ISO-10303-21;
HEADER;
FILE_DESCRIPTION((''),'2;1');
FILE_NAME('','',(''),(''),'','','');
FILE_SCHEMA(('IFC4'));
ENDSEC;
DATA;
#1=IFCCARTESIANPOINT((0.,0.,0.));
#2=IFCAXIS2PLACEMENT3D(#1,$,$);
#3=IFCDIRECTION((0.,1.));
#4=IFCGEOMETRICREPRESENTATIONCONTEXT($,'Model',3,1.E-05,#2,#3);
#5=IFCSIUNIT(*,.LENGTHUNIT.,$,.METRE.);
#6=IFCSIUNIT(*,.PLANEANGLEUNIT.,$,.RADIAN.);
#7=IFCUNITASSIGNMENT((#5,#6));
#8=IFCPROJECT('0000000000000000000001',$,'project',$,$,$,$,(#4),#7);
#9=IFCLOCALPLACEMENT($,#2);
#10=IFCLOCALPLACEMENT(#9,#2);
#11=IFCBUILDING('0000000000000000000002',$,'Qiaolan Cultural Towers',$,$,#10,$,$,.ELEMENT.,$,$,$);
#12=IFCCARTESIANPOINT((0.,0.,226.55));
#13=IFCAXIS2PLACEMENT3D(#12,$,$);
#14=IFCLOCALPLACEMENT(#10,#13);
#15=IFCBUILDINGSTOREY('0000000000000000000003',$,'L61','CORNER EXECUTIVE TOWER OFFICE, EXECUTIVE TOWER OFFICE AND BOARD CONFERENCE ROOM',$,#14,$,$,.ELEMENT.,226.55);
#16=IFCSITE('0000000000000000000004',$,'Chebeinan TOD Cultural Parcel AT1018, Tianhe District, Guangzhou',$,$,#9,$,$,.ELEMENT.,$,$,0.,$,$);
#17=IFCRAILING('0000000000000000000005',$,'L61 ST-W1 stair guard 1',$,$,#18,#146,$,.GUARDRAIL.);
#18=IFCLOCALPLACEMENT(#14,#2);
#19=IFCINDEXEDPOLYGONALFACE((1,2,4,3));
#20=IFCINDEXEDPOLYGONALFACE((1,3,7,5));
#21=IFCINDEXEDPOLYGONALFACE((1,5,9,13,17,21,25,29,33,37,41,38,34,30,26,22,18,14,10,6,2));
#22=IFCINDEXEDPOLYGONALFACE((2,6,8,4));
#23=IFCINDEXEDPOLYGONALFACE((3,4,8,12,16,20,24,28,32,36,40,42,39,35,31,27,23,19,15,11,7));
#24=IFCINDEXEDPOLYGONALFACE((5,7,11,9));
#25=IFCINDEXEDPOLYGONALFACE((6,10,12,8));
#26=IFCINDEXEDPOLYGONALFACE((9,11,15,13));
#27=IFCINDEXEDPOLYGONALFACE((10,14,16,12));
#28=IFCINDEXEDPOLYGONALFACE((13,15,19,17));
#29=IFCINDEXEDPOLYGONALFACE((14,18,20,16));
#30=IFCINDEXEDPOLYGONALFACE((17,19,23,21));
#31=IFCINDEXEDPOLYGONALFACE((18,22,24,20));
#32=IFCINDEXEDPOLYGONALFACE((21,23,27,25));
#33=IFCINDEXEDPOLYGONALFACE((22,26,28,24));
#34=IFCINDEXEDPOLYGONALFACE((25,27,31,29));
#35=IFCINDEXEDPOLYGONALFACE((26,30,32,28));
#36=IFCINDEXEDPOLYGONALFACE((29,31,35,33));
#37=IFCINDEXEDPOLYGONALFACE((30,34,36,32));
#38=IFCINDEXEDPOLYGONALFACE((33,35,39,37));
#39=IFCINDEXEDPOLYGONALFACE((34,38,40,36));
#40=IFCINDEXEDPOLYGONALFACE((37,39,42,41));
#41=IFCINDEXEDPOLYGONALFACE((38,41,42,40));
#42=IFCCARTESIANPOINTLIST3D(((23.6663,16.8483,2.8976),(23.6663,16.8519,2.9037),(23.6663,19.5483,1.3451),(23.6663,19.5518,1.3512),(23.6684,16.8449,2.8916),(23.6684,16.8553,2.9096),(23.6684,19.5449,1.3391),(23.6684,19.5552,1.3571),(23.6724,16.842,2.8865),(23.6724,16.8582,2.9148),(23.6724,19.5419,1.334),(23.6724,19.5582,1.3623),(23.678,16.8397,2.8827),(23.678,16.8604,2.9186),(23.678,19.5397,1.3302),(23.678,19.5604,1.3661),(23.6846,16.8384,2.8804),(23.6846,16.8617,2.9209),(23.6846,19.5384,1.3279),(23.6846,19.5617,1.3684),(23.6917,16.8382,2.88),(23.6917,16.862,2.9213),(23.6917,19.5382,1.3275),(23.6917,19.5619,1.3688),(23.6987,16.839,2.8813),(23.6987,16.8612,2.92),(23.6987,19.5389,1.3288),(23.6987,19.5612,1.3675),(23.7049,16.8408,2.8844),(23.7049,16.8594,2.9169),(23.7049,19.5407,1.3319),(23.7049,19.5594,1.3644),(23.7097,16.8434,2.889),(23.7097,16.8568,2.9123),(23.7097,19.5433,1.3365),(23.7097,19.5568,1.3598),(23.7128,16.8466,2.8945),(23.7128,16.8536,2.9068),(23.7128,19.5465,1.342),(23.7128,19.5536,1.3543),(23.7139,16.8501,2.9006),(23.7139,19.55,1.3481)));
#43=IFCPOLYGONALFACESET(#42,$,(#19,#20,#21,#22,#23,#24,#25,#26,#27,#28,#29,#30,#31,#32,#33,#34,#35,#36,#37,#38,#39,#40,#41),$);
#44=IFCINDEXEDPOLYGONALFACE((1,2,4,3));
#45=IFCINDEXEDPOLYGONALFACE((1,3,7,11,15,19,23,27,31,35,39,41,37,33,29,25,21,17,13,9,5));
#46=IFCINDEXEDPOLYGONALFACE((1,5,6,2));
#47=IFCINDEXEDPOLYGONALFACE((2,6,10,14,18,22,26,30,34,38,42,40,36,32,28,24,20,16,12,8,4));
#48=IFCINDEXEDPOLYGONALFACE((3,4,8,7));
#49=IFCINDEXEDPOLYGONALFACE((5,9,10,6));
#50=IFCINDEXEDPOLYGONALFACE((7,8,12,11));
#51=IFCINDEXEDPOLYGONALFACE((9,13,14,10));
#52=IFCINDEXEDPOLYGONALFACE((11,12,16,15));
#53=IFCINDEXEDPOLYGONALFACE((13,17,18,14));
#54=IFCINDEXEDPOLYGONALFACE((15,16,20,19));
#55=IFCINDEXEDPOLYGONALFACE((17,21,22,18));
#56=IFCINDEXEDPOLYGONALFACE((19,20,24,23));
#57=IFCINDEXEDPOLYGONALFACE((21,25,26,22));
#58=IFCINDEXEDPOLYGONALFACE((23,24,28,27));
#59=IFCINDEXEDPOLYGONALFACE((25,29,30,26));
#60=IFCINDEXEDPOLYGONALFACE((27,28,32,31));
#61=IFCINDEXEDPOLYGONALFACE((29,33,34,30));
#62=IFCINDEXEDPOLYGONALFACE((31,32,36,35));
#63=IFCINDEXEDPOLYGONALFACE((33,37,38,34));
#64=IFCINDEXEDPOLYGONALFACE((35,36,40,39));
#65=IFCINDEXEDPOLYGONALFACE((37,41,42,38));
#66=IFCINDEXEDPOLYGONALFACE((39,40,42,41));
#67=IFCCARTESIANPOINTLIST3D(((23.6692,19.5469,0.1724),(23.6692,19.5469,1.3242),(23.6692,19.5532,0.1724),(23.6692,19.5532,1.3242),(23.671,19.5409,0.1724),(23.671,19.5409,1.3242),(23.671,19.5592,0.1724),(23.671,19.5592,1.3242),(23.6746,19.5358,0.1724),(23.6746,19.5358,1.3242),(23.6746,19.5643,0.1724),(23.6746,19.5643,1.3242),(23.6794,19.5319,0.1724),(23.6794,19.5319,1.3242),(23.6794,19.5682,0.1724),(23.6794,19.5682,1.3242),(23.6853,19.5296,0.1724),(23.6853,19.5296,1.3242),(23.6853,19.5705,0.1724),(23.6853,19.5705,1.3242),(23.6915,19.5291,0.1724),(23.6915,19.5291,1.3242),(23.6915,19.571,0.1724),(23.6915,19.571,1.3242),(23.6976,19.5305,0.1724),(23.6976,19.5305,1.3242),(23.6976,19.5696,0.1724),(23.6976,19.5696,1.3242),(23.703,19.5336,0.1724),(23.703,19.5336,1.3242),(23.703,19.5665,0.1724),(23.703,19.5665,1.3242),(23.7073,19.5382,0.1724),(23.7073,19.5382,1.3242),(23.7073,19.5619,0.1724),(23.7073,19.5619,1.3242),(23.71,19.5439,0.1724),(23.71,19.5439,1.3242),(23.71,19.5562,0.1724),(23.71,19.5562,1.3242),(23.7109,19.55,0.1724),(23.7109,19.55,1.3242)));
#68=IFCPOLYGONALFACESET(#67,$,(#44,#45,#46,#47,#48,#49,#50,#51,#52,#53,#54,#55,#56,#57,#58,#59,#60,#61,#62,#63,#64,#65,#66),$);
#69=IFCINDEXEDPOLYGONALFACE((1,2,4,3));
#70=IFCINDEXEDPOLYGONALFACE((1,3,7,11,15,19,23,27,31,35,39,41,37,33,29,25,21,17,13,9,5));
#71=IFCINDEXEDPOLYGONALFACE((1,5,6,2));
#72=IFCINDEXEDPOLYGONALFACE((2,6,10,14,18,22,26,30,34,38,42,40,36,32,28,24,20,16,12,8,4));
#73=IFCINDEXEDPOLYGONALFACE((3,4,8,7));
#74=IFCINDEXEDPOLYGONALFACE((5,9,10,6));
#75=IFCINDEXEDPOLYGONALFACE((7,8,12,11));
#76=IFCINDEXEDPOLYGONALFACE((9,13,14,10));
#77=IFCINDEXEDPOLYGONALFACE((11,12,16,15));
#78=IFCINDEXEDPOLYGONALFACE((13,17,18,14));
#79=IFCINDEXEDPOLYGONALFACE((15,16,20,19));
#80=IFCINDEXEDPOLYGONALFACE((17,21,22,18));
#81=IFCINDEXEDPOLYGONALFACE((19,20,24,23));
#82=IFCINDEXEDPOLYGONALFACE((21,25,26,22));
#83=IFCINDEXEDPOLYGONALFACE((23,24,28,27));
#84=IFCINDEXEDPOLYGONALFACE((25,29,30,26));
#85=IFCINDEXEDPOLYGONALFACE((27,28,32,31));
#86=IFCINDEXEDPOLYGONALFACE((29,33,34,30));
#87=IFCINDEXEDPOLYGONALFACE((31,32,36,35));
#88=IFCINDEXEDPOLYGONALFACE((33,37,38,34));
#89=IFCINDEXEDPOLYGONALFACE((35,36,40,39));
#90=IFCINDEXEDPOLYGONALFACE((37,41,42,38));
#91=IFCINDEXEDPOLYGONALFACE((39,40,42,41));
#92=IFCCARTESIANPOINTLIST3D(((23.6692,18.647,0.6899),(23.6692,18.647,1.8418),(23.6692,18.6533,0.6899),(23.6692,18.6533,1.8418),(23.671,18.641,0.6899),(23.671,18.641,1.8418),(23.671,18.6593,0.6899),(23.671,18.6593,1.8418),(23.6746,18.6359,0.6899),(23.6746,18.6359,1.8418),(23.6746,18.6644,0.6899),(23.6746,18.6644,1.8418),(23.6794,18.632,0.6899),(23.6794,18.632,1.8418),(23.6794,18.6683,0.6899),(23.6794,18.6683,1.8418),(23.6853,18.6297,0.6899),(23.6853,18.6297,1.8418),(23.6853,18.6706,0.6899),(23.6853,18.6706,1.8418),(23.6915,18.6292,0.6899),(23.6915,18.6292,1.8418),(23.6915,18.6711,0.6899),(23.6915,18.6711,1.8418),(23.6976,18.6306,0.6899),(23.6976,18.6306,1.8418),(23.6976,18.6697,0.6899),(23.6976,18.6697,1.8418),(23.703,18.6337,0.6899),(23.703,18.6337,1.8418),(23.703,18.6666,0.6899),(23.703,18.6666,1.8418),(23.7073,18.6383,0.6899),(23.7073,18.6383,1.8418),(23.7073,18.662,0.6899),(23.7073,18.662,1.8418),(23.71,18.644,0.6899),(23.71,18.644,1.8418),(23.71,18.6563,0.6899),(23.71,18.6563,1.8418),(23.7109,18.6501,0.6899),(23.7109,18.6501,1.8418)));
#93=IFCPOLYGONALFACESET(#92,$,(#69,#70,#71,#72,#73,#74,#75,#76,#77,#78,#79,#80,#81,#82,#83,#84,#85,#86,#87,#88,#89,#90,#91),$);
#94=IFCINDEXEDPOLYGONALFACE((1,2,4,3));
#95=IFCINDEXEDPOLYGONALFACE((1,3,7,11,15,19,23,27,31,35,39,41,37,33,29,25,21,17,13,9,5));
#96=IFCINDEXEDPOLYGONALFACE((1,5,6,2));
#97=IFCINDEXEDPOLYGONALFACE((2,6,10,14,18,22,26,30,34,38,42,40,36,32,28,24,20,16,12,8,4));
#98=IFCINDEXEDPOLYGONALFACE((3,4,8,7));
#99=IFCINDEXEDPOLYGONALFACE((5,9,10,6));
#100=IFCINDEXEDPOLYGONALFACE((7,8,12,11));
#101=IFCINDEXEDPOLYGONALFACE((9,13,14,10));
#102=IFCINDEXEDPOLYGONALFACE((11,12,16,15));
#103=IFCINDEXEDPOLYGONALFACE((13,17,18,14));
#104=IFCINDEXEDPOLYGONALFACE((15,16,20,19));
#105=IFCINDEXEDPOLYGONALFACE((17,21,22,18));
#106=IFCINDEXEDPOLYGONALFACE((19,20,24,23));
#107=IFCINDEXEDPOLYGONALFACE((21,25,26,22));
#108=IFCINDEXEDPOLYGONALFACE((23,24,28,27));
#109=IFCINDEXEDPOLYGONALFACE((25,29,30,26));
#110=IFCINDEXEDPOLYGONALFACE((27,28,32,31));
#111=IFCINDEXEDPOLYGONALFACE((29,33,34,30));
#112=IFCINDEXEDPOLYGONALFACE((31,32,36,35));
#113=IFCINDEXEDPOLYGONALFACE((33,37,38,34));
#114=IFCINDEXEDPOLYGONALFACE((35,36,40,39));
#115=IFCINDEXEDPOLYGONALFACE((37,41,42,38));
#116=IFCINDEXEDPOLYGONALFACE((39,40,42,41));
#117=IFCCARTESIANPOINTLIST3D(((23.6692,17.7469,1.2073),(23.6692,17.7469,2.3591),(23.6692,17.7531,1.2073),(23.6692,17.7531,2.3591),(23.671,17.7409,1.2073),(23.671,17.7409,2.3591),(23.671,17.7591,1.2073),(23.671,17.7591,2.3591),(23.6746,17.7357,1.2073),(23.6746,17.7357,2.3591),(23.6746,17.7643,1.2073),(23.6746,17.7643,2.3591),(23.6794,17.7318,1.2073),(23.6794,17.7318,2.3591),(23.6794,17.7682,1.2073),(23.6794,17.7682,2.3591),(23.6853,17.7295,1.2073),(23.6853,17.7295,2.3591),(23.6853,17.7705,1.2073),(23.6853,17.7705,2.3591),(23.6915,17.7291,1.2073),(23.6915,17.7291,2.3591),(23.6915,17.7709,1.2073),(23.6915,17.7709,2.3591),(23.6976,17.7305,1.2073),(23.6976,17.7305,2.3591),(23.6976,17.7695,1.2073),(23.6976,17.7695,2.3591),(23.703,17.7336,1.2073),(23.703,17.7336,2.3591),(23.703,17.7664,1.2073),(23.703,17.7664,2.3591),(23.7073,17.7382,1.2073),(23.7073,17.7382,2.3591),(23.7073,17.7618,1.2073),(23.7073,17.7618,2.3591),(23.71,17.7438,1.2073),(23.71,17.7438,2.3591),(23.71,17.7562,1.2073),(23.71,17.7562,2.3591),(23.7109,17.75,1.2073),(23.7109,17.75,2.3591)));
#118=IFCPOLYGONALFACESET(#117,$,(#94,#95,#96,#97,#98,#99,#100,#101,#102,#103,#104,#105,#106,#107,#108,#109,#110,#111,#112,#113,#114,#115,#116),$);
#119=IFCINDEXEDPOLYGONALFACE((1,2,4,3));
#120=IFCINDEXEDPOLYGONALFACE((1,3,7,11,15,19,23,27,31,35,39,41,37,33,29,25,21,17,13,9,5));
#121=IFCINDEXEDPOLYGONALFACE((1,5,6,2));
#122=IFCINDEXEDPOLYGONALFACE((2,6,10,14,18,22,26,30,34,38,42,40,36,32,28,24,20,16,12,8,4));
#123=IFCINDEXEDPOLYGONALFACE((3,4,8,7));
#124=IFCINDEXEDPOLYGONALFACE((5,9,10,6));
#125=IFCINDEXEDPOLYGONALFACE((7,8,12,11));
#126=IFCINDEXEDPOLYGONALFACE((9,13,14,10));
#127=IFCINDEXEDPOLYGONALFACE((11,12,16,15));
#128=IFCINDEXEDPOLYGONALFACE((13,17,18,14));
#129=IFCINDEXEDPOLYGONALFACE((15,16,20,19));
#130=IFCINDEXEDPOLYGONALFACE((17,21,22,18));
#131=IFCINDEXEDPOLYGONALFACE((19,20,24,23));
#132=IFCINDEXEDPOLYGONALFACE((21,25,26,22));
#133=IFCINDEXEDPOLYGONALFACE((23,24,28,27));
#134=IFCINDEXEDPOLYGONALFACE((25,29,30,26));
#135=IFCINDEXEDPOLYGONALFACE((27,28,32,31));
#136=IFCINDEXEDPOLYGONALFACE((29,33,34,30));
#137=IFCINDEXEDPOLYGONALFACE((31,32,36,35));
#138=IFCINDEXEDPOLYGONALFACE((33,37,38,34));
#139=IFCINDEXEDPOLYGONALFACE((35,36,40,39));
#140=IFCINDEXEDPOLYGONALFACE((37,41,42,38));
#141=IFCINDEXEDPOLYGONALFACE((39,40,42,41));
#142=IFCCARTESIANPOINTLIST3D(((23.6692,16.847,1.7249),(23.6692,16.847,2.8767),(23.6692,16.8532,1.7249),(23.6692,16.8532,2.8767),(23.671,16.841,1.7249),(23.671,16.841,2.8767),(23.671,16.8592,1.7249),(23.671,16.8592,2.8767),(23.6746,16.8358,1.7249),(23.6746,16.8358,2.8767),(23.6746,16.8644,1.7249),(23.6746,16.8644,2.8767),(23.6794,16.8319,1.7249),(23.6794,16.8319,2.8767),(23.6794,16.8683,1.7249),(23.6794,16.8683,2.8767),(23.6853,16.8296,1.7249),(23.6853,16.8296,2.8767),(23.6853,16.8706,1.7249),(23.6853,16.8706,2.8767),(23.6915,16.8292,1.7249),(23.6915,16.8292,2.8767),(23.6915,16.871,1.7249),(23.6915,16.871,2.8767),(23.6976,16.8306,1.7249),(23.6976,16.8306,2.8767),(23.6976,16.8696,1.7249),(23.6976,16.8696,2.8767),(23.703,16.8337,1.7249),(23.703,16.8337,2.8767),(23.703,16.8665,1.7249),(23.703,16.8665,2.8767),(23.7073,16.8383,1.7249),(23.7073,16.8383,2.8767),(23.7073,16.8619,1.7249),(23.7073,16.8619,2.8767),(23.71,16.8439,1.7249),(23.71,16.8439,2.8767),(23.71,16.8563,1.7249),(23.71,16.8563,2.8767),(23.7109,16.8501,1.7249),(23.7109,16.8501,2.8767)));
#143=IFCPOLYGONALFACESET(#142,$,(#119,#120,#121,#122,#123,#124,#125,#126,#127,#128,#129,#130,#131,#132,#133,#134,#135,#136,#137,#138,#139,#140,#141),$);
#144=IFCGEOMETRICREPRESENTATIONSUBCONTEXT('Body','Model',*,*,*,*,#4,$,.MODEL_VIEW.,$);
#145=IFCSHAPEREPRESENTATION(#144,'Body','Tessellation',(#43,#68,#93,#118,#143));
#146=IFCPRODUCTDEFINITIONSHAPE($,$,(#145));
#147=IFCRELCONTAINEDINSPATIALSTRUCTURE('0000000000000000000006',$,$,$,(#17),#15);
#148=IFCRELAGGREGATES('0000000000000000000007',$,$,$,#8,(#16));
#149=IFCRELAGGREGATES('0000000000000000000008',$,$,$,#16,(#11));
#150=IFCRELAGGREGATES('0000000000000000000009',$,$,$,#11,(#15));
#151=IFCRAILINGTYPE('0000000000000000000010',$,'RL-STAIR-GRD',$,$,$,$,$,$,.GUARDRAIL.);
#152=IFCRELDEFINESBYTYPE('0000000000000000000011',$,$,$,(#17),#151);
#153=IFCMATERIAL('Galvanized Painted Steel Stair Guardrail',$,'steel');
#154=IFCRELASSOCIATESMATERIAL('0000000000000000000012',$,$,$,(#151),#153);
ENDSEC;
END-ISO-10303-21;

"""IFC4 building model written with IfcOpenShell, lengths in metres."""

from ifc_helpers import new_model, si_unit, direction, frame, origin, origin_2d, place, context, subcontext, project, spatial, circle, extrude, material, type_object, element, save


model = new_model("IFC4")

# Units and contexts
model_context = context("Model", 3, precision=1e-05, world=origin(), true_north=direction((0.0, 1.0)))
body_context = subcontext(model_context, "Body", "Model", "MODEL_VIEW")
ifc_project = project(units=[si_unit("LENGTHUNIT", "METRE"), si_unit("PLANEANGLEUNIT", "RADIAN")], contexts=[model_context])

# Site, building, storey
site_placement = place(None, origin())
site = spatial("IfcSite", under=ifc_project, at=site_placement, Name="Chebeinan TOD Cultural Parcel AT1018, Tianhe District, Guangzhou", CompositionType="ELEMENT", RefElevation=0.0)
building_placement = place(site_placement, origin())
building = spatial("IfcBuilding", under=site, at=building_placement, Name="Qiaolan Cultural Towers", CompositionType="ELEMENT")
storey_placement = place(building_placement, frame((0.0, 0.0, 226.55)))
storey = spatial("IfcBuildingStorey", under=building, at=storey_placement, Name="L61", Description="CORNER EXECUTIVE TOWER OFFICE, EXECUTIVE TOWER OFFICE AND BOARD CONFERENCE ROOM", CompositionType="ELEMENT", Elevation=226.55)

# Railing
ifc_material_1 = material(Name="Galvanized Painted Steel Stair Guardrail", Category="steel")
railing_type_1 = type_object("IfcRailingType", Name="RL-STAIR-GRD", PredefinedType="GUARDRAIL", material=ifc_material_1)
railing_1_placement = place(storey_placement, frame((23.6899, 19.55, 0.1724)))
element("IfcRailing", 1, at=railing_1_placement, inside=storey, type_object=railing_type_1, Name="L61 ST-W1 stair guard 1", PredefinedType="GUARDRAIL", context=body_context, shape_type="SweptSolid", body=[
    extrude(circle(Radius=0.0239, at=origin_2d()), frame((0.0, 0.0, 1.1758), z_axis=(0.0, -0.866904, 0.498476), x_axis=(1.0, 0.0, 0.0)), (0.0, 0.0, 1.0), 3.1145),
    extrude(circle(Radius=0.021, at=origin_2d()), origin(), (0.0, 0.0, 1.0), 1.1519),
    extrude(circle(Radius=0.021, at=origin_2d()), frame((0.0, -0.8999, 0.5176)), (0.0, 0.0, 1.0), 1.1519),
    extrude(circle(Radius=0.021, at=origin_2d()), frame((0.0, -1.8, 1.0349)), (0.0, 0.0, 1.0), 1.1519),
    extrude(circle(Radius=0.021, at=origin_2d()), frame((0.0, -2.7, 1.5525)), (0.0, 0.0, 1.0), 1.1519),
])

save(model, "model.ifc")
